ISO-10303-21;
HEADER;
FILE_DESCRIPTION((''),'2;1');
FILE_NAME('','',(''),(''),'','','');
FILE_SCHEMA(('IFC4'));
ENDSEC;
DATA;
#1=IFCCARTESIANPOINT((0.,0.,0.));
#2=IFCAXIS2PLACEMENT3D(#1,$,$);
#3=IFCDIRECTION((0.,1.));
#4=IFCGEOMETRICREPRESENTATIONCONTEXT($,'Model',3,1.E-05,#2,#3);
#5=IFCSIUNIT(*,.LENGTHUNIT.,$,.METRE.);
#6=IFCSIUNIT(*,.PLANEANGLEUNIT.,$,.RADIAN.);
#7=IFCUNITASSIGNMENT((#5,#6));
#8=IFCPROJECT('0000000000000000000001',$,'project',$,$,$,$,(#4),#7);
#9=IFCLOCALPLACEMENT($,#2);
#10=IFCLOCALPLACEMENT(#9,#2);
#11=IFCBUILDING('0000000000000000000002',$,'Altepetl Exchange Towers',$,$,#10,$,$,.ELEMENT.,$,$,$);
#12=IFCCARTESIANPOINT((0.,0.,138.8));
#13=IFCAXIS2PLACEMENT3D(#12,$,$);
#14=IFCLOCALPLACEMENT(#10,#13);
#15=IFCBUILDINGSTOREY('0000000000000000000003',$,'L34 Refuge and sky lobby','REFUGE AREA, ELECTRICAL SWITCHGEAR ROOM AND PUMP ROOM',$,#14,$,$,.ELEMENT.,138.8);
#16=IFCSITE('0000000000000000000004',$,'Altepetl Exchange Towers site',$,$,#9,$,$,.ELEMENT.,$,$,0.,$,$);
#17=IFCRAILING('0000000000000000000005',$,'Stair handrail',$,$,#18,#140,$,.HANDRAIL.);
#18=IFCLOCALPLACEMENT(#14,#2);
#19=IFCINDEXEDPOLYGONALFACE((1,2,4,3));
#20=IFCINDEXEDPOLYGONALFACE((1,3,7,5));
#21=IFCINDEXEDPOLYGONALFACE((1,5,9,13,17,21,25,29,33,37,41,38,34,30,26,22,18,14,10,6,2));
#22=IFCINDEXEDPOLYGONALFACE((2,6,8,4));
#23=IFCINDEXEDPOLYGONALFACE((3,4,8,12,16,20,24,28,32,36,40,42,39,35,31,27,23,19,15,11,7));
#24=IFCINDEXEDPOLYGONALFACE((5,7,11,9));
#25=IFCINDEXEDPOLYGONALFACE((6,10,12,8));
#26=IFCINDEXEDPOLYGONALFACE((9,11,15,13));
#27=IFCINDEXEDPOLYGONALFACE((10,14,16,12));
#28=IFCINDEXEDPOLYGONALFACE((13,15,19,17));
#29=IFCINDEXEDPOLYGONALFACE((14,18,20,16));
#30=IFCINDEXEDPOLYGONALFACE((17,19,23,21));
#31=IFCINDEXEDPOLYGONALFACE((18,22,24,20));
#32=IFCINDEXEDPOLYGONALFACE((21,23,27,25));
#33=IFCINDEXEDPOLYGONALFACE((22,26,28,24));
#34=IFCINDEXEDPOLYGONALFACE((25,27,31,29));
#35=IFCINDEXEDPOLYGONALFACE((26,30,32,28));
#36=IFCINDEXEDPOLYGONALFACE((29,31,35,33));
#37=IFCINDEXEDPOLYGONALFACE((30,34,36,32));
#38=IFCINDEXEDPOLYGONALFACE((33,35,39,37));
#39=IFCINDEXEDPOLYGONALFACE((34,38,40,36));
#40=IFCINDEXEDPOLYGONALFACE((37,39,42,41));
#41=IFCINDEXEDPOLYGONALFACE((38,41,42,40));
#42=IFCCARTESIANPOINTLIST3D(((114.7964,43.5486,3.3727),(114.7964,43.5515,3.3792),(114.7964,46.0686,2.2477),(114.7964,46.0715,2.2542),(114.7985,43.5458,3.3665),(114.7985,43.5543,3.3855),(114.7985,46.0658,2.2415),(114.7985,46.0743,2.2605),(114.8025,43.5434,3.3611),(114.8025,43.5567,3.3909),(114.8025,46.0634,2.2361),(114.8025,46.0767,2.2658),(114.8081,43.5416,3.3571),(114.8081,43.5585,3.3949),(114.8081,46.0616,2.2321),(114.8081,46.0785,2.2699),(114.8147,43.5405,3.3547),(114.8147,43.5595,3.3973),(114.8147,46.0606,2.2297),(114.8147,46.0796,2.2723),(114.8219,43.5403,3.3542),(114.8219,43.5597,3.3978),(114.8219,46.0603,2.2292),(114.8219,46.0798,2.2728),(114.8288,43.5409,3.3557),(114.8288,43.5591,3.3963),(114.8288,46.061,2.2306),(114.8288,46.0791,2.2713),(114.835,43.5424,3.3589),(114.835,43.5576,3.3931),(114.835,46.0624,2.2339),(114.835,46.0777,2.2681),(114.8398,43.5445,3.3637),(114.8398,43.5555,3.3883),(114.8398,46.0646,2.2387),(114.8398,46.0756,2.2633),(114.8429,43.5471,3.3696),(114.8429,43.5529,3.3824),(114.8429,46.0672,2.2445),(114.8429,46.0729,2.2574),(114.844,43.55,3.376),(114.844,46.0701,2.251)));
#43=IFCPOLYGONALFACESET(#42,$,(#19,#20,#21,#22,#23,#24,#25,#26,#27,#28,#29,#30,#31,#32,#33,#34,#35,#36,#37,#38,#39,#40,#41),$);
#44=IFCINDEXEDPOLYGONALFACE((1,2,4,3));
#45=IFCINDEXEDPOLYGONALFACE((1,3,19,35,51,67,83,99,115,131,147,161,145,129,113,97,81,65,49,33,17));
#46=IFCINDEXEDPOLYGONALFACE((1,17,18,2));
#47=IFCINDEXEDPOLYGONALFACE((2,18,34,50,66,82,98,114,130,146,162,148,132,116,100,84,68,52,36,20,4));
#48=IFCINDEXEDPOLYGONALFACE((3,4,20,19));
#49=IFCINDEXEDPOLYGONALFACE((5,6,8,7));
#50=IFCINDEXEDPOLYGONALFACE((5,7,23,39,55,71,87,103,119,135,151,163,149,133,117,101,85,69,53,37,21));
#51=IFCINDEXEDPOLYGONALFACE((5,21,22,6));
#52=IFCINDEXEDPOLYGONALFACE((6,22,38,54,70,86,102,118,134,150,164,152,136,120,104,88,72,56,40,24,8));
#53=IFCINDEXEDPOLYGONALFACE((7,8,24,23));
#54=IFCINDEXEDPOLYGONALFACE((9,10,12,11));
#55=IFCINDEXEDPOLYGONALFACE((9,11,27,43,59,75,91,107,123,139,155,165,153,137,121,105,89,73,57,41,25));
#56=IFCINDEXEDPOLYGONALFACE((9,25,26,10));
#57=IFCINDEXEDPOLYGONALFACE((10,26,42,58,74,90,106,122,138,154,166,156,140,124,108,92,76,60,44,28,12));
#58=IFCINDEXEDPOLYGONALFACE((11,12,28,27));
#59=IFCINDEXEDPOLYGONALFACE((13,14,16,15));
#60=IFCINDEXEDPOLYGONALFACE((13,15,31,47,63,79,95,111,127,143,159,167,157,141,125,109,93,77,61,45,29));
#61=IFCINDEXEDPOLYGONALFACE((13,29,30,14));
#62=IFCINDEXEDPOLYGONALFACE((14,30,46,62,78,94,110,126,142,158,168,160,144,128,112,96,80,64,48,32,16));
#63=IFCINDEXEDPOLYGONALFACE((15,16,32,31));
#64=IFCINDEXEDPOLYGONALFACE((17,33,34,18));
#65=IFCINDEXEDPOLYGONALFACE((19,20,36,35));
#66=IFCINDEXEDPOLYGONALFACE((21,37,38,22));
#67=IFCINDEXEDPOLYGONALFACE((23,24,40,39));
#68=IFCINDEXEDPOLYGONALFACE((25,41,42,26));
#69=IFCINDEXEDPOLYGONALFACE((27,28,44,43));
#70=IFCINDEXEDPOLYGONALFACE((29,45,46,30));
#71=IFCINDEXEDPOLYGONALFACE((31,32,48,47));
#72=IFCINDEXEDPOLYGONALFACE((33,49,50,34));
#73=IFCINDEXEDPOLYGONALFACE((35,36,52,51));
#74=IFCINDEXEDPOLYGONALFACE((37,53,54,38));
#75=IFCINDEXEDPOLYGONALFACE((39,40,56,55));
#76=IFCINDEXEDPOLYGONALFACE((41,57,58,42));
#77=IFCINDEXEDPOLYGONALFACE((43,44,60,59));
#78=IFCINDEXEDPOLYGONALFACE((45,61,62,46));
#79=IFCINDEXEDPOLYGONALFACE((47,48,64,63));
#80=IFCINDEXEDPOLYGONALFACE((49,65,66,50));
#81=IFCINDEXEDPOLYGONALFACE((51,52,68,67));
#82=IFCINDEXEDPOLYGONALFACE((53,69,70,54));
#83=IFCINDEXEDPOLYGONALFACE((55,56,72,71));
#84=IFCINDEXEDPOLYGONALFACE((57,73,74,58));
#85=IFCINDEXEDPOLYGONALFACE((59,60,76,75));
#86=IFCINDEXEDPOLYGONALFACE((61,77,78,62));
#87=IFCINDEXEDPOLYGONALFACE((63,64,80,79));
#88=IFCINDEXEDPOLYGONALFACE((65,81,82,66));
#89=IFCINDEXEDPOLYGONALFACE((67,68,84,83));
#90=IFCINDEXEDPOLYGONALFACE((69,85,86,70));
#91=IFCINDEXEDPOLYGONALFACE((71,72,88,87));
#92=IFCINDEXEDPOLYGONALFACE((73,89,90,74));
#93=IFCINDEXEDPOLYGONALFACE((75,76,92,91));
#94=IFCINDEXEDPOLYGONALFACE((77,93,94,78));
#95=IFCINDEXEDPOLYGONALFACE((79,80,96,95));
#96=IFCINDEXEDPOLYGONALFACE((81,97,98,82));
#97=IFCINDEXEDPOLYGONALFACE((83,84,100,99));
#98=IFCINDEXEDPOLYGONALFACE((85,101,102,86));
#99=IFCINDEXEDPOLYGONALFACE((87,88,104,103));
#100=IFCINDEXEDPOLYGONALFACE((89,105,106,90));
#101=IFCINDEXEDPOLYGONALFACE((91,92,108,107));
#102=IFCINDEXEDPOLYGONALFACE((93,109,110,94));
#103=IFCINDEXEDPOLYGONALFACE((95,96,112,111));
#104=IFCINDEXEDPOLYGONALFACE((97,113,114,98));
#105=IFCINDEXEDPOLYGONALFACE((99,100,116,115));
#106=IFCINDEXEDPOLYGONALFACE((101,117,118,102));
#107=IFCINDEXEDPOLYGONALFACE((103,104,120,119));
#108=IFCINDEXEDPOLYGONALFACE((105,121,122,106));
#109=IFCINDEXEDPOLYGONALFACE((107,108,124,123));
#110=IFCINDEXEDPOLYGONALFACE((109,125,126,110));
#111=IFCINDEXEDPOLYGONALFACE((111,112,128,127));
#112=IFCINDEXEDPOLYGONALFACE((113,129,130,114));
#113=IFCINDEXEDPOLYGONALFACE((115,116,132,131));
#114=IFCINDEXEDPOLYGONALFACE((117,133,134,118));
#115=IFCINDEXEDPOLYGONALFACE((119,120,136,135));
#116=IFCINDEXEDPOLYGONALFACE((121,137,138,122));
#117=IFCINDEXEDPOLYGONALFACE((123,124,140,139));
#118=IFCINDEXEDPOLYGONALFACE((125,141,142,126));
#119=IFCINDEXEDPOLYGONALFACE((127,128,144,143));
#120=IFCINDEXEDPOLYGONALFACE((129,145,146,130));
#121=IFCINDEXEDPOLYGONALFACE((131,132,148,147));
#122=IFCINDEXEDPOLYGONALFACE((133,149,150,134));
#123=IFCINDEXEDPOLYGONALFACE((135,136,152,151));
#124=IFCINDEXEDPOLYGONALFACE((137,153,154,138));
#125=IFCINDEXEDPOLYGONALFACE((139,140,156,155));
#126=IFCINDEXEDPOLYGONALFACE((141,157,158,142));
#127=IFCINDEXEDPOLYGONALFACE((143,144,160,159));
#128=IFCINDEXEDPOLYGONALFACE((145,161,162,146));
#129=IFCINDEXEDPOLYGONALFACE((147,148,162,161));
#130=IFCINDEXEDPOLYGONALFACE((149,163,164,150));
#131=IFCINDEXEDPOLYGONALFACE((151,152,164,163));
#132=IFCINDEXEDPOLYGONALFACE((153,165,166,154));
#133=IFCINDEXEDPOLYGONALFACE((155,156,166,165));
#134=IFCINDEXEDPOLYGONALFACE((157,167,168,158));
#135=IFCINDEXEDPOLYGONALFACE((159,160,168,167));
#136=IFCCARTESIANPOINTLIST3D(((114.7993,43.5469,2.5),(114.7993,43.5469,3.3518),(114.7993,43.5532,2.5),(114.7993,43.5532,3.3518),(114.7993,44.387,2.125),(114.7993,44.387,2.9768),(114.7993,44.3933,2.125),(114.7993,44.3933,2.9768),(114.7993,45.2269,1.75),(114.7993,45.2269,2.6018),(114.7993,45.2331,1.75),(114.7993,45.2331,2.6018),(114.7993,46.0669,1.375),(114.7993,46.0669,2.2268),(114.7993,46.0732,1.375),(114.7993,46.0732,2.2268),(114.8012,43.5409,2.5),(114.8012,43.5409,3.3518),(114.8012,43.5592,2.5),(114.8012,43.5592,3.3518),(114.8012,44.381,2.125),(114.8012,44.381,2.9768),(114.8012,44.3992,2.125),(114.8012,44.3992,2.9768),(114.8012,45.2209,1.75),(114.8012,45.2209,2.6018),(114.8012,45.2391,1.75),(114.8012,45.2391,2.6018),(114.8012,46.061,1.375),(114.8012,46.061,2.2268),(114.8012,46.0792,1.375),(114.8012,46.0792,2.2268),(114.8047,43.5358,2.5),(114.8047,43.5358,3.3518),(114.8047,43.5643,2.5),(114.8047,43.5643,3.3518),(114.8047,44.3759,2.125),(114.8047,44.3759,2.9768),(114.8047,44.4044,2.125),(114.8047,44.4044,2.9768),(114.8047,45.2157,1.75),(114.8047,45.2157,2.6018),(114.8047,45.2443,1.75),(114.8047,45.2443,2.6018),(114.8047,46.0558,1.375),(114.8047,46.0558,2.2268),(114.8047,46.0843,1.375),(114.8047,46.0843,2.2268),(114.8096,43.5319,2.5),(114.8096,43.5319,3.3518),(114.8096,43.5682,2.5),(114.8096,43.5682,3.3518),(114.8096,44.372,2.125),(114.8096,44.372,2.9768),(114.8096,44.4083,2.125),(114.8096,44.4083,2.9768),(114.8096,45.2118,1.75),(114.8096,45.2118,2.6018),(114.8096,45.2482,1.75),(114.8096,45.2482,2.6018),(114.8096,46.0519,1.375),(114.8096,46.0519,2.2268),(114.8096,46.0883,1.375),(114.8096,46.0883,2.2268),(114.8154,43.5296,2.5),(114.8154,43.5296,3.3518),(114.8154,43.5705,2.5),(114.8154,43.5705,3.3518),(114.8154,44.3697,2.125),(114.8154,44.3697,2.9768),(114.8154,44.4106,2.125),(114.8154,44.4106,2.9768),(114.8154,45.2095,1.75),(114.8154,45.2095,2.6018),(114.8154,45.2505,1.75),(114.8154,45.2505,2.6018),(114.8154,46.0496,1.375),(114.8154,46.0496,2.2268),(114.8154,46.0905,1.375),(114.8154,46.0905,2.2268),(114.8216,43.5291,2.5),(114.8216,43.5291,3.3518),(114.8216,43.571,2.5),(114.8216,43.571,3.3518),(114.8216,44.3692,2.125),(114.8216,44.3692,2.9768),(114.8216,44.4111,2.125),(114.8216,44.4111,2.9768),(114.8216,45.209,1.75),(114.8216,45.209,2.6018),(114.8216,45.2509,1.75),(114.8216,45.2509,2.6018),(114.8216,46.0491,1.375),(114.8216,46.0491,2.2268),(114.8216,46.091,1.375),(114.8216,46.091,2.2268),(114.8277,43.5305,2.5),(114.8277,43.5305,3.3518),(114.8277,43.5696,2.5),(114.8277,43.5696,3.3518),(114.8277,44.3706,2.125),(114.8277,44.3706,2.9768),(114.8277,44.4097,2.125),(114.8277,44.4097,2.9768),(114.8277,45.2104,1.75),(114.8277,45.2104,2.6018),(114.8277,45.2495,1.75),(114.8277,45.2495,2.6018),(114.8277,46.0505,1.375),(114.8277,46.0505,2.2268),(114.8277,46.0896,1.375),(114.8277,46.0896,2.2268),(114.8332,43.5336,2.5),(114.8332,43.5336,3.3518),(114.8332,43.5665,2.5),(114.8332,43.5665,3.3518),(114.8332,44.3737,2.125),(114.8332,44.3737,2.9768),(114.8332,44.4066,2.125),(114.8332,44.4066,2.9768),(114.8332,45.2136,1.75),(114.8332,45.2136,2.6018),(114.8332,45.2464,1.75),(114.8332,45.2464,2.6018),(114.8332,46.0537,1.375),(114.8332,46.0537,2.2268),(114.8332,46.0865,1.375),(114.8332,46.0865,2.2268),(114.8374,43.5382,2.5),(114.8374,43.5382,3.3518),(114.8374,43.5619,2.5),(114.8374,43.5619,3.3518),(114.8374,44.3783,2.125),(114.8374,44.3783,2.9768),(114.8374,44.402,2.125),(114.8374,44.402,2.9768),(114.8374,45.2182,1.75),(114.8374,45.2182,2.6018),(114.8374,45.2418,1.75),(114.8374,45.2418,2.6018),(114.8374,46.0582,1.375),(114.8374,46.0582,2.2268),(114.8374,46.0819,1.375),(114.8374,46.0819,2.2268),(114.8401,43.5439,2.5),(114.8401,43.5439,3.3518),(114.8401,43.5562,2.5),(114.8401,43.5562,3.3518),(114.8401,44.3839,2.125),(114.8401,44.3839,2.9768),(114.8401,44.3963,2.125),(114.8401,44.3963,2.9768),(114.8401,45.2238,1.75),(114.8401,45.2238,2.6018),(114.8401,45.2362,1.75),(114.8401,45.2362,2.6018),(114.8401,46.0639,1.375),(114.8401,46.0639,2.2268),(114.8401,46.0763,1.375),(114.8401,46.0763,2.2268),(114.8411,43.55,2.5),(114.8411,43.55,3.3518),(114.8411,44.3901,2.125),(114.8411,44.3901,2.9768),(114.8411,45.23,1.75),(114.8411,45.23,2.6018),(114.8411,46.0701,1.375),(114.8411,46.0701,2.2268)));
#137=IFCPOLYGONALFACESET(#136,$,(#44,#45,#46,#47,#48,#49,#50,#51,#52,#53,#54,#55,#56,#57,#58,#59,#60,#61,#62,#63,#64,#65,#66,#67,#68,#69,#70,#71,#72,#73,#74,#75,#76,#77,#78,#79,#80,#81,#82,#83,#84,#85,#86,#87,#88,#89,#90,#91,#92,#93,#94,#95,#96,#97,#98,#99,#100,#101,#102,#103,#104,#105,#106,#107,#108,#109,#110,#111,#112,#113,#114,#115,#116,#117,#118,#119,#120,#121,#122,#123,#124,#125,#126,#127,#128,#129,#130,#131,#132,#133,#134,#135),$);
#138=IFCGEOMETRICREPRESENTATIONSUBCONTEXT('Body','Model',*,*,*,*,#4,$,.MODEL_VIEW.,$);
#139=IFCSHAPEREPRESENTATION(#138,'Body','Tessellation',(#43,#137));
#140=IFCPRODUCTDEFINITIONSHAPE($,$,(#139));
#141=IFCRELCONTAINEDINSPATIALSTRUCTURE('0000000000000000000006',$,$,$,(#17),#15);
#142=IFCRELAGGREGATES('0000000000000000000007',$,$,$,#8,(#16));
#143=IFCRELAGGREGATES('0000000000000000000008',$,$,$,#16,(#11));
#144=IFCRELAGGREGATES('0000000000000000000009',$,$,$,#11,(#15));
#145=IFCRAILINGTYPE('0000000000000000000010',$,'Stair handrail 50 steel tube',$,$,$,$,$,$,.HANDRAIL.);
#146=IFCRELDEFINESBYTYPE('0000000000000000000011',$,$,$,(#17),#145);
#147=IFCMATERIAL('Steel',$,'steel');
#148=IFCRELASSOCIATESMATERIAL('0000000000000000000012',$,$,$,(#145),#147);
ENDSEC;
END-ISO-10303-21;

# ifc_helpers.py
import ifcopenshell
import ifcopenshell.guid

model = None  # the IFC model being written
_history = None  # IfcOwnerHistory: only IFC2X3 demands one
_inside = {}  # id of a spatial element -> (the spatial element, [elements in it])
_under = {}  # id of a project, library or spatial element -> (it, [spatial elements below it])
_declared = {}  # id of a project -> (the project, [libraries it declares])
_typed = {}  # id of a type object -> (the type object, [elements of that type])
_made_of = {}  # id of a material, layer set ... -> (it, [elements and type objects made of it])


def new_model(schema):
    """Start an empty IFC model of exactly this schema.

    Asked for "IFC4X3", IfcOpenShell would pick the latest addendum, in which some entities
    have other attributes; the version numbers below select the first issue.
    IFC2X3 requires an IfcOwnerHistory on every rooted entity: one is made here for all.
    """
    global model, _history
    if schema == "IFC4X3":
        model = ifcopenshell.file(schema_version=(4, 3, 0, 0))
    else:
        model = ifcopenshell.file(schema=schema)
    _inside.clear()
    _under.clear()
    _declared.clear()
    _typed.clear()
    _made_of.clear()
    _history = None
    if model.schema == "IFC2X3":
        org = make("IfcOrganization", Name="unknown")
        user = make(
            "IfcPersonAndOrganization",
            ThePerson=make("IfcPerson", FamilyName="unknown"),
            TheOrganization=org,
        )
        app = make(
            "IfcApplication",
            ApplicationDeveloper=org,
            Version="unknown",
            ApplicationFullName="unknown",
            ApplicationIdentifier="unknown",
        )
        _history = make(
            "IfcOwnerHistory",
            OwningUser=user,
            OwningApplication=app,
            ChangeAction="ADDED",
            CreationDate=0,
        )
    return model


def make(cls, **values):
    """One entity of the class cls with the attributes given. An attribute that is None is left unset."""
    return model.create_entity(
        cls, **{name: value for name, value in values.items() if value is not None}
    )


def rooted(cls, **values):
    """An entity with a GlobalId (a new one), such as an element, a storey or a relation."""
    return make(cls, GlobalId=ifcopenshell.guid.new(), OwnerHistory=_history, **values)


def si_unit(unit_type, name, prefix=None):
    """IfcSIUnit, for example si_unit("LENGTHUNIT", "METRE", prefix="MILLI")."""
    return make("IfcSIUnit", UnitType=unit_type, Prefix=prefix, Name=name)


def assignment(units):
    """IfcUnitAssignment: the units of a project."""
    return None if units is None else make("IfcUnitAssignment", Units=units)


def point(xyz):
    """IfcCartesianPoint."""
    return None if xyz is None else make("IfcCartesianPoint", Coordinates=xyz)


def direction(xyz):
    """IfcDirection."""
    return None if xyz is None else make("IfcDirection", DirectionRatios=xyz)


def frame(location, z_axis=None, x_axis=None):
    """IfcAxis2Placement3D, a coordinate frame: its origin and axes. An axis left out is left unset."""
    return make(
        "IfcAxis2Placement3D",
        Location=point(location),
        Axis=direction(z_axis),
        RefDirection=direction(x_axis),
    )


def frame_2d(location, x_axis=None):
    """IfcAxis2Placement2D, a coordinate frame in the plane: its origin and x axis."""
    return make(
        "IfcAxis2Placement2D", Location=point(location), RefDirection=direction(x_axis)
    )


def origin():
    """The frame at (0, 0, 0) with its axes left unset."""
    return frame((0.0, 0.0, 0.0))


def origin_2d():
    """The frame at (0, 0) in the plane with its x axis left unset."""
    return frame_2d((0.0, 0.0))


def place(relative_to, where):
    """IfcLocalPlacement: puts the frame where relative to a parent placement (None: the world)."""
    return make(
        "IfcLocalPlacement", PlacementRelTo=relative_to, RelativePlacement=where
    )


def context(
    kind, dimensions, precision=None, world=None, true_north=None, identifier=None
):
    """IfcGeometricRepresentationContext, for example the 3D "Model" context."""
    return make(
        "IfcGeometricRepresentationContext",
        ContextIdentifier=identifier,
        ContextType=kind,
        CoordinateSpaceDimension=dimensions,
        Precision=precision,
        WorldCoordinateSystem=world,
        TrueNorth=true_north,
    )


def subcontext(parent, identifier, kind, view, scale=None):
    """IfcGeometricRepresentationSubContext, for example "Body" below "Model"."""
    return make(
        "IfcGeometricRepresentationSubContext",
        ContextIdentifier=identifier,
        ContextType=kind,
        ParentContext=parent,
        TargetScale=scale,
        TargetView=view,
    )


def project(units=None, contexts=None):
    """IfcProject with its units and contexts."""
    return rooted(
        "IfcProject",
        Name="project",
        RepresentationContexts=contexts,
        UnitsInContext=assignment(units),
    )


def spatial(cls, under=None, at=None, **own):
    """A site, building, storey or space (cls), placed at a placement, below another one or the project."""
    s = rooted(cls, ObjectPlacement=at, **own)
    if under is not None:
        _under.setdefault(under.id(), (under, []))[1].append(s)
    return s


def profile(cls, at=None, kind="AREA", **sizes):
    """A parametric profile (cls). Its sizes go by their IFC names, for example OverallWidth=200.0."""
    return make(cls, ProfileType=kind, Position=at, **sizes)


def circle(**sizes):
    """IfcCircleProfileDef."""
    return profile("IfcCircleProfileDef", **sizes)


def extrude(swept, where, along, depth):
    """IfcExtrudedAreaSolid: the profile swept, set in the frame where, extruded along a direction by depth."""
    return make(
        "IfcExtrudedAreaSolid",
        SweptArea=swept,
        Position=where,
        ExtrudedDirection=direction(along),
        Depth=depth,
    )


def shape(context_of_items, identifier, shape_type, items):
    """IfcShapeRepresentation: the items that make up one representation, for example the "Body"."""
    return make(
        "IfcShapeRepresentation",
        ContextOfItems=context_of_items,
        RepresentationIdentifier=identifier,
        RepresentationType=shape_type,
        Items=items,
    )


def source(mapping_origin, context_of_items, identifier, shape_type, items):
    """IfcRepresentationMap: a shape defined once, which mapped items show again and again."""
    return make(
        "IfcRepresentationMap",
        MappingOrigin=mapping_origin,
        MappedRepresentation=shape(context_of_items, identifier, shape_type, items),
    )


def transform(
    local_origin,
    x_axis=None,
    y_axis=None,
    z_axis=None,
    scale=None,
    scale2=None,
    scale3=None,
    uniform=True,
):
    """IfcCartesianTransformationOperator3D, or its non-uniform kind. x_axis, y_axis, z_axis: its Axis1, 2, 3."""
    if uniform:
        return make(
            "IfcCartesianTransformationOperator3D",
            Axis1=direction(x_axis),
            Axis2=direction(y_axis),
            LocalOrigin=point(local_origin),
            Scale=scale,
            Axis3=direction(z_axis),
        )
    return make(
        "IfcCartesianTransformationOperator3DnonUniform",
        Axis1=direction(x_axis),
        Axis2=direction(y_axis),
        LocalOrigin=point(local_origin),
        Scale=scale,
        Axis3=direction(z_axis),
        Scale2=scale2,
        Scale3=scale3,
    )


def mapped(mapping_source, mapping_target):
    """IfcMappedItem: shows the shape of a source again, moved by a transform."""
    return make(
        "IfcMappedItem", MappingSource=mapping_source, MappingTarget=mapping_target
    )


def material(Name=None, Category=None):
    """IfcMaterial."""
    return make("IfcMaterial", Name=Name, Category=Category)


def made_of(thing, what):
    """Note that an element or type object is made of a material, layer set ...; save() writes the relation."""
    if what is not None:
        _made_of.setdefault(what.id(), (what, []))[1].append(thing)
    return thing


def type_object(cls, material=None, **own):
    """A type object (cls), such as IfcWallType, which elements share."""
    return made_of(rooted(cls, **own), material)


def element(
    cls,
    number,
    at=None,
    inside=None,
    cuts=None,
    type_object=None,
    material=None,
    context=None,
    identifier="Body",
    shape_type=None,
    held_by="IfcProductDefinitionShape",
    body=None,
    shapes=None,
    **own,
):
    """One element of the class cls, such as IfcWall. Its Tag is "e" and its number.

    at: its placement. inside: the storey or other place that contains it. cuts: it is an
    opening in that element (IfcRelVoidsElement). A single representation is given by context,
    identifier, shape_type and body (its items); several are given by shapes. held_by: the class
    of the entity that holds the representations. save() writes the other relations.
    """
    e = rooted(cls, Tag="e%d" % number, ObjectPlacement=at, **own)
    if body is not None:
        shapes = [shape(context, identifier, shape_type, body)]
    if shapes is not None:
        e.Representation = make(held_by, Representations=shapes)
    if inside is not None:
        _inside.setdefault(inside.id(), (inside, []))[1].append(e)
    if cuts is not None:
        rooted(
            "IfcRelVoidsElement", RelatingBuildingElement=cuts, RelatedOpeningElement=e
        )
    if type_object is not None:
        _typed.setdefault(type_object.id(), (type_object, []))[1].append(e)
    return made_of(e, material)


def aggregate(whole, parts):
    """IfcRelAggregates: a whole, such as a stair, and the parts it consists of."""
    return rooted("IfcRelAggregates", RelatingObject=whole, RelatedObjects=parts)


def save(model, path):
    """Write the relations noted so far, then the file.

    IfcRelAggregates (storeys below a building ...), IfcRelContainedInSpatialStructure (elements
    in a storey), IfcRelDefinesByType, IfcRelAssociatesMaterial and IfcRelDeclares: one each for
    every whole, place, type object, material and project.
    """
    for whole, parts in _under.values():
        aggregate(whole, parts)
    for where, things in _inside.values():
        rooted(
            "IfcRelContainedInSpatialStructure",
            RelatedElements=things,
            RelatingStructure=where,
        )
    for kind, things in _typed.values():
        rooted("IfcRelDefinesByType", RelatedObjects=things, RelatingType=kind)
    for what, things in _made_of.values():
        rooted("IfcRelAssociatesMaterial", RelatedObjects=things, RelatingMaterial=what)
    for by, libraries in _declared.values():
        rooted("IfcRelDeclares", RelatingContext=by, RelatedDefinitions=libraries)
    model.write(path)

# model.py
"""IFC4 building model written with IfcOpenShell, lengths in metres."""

from ifc_helpers import new_model, si_unit, direction, frame, origin, origin_2d, place, context, subcontext, project, spatial, circle, extrude, source, transform, mapped, material, type_object, element, save


model = new_model("IFC4")

# Units and contexts
model_context = context("Model", 3, precision=1e-05, world=origin(), true_north=direction((0.0, 1.0)))
body_context = subcontext(model_context, "Body", "Model", "MODEL_VIEW")
ifc_project = project(units=[si_unit("LENGTHUNIT", "METRE"), si_unit("PLANEANGLEUNIT", "RADIAN")], contexts=[model_context])

# Site, building, storey
site_placement = place(None, origin())
site = spatial("IfcSite", under=ifc_project, at=site_placement, Name="Altepetl Exchange Towers site", CompositionType="ELEMENT", RefElevation=0.0)
building_placement = place(site_placement, origin())
building = spatial("IfcBuilding", under=site, at=building_placement, Name="Altepetl Exchange Towers", CompositionType="ELEMENT")
storey_placement = place(building_placement, frame((0.0, 0.0, 138.8)))
storey = spatial("IfcBuildingStorey", under=building, at=storey_placement, Name="L34 Refuge and sky lobby", Description="REFUGE AREA, ELECTRICAL SWITCHGEAR ROOM AND PUMP ROOM", CompositionType="ELEMENT", Elevation=138.8)

# Railing
ifc_material_1 = material(Name="Steel", Category="steel")
railing_type = type_object("IfcRailingType", Name="Stair handrail 50 steel tube", PredefinedType="HANDRAIL", material=ifc_material_1)
shared_shape = source(origin(), body_context, "Body", "SweptSolid", [
    extrude(circle(Radius=0.021, at=origin_2d()), origin(), (0.0, 0.0, 1.0), 0.8518),
])
railing_1_placement = place(storey_placement, frame((114.8201, 46.0701, 1.375)))
element("IfcRailing", 1, at=railing_1_placement, inside=storey, type_object=railing_type, Name="Stair handrail", PredefinedType="HANDRAIL", context=body_context, shape_type="SweptSolid", body=[
    extrude(circle(Radius=0.0239, at=origin_2d()), frame((0.0, 0.0, 0.876), z_axis=(0.0, -0.913139, 0.407648), x_axis=(1.0, 0.0, 0.0)), (0.0, 0.0, 1.0), 2.7598),
    mapped(shared_shape, transform((0.0, 0.0, 0.0))),
    mapped(shared_shape, transform((0.0, -0.8401, 0.375))),
    mapped(shared_shape, transform((0.0, -1.6799, 0.75))),
    mapped(shared_shape, transform((0.0, -2.52, 1.125))),
])

save(model, "model.ifc")
